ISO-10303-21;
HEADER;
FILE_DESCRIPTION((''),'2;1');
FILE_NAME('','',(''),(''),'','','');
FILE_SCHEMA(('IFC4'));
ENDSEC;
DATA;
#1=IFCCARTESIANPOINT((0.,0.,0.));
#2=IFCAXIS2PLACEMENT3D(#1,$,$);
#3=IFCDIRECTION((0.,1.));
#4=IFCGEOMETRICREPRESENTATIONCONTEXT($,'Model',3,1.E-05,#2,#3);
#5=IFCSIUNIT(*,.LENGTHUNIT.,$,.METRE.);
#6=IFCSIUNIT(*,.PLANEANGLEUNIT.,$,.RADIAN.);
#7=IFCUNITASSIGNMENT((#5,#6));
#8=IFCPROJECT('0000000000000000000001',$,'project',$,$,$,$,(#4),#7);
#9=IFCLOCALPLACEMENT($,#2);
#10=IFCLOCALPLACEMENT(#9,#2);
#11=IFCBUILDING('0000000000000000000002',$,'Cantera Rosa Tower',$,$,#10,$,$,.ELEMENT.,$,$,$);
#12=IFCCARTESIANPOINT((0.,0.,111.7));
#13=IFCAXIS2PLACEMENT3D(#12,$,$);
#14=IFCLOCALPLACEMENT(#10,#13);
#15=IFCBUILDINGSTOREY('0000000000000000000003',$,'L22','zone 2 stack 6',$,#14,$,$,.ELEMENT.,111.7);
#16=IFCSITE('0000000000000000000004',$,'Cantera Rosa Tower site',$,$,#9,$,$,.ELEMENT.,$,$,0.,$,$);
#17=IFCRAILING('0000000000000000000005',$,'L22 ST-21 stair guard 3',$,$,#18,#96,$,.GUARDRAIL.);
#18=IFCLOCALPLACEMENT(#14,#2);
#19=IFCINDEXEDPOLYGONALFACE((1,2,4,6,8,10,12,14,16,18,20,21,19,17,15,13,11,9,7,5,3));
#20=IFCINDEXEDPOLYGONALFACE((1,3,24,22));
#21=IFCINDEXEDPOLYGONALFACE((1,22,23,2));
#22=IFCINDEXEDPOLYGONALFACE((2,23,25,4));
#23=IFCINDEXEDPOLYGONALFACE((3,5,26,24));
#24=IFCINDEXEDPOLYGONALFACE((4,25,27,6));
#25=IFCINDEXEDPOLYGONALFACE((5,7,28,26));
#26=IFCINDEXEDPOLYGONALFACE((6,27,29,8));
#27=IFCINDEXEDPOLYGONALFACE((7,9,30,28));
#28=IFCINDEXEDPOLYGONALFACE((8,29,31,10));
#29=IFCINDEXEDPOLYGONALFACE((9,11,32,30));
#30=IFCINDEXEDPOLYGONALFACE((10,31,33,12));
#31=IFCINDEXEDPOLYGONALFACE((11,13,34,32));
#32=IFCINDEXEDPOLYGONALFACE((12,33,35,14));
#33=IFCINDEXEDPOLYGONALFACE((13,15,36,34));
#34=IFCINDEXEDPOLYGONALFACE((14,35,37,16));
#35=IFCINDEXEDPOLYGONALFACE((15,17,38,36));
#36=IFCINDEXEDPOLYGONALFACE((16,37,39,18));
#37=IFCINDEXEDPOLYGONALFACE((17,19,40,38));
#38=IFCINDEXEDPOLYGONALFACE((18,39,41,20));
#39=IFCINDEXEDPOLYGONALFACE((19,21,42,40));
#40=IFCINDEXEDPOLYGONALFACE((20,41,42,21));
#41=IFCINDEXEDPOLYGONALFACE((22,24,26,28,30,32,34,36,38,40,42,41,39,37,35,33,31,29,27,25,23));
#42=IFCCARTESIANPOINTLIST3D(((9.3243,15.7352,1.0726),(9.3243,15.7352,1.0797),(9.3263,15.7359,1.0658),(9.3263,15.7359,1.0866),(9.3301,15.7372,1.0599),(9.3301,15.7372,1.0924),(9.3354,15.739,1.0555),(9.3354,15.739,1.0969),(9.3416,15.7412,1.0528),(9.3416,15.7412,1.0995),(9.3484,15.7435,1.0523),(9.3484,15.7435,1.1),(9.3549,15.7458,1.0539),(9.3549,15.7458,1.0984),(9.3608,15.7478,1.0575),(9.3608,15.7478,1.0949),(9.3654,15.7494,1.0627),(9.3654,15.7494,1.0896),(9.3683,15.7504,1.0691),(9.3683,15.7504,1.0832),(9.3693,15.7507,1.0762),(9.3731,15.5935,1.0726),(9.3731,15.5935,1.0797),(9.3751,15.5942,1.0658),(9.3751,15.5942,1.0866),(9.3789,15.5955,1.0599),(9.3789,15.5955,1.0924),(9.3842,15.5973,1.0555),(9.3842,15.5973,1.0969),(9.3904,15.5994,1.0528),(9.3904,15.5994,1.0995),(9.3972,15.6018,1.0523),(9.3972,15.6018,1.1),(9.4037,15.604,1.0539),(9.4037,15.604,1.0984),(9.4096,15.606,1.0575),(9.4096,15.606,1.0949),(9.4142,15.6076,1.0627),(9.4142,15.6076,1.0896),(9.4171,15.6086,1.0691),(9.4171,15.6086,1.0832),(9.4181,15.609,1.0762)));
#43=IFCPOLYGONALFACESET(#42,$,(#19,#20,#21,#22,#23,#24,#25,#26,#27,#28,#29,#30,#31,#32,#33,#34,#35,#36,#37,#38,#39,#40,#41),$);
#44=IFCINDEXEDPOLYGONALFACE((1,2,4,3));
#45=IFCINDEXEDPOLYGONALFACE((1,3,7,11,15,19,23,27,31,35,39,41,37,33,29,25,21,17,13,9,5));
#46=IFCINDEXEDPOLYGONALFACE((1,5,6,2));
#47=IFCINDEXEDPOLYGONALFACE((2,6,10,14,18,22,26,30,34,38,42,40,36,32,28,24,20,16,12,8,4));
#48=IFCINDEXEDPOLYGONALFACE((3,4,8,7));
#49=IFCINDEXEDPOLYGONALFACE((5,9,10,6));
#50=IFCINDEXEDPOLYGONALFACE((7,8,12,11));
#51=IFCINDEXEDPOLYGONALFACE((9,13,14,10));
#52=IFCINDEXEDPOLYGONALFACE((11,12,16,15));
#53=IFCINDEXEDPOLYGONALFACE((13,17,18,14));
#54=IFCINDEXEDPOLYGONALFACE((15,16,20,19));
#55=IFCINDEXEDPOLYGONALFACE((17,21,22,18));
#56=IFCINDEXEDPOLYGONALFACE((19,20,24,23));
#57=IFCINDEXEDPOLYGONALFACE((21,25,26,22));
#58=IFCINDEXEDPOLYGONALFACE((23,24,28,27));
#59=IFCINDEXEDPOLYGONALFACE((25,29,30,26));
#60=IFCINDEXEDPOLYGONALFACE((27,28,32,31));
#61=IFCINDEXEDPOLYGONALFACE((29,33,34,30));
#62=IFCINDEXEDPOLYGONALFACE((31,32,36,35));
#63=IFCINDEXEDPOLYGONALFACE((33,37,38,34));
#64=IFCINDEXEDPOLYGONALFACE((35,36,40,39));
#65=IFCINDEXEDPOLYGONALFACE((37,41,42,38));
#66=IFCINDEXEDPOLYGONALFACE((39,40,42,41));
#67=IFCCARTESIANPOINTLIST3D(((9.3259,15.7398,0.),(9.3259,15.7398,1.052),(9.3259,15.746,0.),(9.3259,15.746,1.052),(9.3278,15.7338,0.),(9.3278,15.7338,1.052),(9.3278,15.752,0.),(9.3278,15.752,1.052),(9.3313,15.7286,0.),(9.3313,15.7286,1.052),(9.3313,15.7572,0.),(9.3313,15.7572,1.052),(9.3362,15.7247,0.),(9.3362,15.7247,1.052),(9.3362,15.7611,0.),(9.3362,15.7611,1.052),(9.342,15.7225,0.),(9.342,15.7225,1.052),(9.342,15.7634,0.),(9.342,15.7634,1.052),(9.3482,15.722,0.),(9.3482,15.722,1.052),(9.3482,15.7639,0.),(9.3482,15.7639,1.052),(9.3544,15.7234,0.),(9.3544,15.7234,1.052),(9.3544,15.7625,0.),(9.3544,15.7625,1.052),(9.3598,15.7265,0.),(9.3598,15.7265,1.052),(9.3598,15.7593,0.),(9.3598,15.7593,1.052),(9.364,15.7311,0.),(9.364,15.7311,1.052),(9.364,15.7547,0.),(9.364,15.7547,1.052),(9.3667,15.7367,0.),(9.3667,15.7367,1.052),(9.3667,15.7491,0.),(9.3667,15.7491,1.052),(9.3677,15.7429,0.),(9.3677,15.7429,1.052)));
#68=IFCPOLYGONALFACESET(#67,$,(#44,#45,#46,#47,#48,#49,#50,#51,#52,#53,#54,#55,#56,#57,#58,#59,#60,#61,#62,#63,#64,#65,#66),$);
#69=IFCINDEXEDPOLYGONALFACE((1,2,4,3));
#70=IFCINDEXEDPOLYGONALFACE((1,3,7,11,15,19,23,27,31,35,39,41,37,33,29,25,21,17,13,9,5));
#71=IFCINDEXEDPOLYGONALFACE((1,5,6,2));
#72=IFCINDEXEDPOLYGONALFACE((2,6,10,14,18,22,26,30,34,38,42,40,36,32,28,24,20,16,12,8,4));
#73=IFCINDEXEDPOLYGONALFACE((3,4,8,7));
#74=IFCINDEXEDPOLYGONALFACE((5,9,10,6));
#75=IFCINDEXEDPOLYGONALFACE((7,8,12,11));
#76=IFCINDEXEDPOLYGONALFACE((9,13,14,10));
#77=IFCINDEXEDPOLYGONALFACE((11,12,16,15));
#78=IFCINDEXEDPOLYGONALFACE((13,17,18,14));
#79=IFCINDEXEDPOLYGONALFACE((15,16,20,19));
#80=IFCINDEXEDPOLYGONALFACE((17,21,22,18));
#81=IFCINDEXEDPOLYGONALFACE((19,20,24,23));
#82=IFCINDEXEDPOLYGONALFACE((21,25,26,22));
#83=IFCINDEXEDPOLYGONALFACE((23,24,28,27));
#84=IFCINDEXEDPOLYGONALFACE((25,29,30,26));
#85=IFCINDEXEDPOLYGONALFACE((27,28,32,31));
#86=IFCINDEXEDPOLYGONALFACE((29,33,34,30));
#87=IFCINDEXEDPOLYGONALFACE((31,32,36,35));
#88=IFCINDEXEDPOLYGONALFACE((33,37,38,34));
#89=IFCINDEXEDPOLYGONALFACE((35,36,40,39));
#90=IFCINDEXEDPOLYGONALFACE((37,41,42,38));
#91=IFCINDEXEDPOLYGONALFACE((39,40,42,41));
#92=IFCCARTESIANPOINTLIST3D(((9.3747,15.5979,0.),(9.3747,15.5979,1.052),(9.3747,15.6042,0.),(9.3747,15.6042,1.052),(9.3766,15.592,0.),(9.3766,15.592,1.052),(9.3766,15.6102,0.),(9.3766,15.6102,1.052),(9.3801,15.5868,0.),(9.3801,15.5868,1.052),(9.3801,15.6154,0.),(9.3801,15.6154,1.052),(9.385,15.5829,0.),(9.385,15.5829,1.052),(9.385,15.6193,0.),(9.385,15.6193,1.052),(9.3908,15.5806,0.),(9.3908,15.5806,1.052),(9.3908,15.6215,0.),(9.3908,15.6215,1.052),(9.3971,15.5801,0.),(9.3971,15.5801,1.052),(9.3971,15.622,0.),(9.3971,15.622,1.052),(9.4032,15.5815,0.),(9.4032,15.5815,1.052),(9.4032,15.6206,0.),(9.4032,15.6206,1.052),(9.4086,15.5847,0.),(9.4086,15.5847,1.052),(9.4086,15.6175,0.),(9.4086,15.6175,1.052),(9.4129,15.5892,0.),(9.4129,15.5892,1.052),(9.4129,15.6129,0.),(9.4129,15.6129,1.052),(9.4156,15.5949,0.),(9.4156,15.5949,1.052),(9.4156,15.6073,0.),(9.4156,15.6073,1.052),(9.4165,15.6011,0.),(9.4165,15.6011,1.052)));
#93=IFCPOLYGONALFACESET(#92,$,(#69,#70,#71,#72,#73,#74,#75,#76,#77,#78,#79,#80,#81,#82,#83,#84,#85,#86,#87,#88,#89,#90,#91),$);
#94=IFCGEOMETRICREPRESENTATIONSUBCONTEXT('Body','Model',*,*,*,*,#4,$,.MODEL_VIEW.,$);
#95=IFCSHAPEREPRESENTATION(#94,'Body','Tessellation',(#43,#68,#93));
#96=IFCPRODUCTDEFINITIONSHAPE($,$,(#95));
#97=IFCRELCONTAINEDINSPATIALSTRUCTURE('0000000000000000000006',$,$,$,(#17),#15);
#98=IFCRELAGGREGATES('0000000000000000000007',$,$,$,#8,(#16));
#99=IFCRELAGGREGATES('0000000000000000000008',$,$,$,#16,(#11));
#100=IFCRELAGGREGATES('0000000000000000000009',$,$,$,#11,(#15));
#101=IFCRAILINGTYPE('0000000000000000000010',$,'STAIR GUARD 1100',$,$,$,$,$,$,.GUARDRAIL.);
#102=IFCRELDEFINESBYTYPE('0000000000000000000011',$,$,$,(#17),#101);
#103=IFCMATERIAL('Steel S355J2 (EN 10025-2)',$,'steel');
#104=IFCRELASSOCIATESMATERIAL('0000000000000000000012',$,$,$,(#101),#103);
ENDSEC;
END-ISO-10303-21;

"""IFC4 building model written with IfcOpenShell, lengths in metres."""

from ifc_helpers import new_model, si_unit, direction, frame, origin, origin_2d, place, context, subcontext, project, spatial, circle, extrude, material, type_object, element, save


model = new_model("IFC4")

# Units and contexts
model_context = context("Model", 3, precision=1e-05, world=origin(), true_north=direction((0.0, 1.0)))
body_context = subcontext(model_context, "Body", "Model", "MODEL_VIEW")
ifc_project = project(units=[si_unit("LENGTHUNIT", "METRE"), si_unit("PLANEANGLEUNIT", "RADIAN")], contexts=[model_context])

# Site, building, storey
site_placement = place(None, origin())
site = spatial("IfcSite", under=ifc_project, at=site_placement, Name="Cantera Rosa Tower site", CompositionType="ELEMENT", RefElevation=0.0)
building_placement = place(site_placement, origin())
building = spatial("IfcBuilding", under=site, at=building_placement, Name="Cantera Rosa Tower", CompositionType="ELEMENT")
storey_placement = place(building_placement, frame((0.0, 0.0, 111.7)))
storey = spatial("IfcBuildingStorey", under=building, at=storey_placement, Name="L22", Description="zone 2 stack 6", CompositionType="ELEMENT", Elevation=111.7)

# Railing
ifc_material_1 = material(Name="Steel S355J2 (EN 10025-2)", Category="steel")
railing_type_1 = type_object("IfcRailingType", Name="STAIR GUARD 1100", PredefinedType="GUARDRAIL", material=ifc_material_1)
railing_1_placement = place(storey_placement, frame((9.3467, 15.7429, 0.0)))
element("IfcRailing", 1, at=railing_1_placement, inside=storey, type_object=railing_type_1, Name="L22 ST-21 stair guard 3", PredefinedType="GUARDRAIL", context=body_context, shape_type="SweptSolid", body=[
    extrude(circle(Radius=0.0239, at=origin_2d()), frame((0.0, 0.0, 1.0762), z_axis=(0.325489, -0.945546, 0.0), x_axis=(0.945546, 0.325489, 0.0)), (0.0, 0.0, 1.0), 0.1499),
    extrude(circle(Radius=0.021, at=origin_2d()), origin(), (0.0, 0.0, 1.0), 1.052),
    extrude(circle(Radius=0.021, at=origin_2d()), frame((0.0488, -0.1418, 0.0)), (0.0, 0.0, 1.0), 1.052),
])

save(model, "model.ifc")
